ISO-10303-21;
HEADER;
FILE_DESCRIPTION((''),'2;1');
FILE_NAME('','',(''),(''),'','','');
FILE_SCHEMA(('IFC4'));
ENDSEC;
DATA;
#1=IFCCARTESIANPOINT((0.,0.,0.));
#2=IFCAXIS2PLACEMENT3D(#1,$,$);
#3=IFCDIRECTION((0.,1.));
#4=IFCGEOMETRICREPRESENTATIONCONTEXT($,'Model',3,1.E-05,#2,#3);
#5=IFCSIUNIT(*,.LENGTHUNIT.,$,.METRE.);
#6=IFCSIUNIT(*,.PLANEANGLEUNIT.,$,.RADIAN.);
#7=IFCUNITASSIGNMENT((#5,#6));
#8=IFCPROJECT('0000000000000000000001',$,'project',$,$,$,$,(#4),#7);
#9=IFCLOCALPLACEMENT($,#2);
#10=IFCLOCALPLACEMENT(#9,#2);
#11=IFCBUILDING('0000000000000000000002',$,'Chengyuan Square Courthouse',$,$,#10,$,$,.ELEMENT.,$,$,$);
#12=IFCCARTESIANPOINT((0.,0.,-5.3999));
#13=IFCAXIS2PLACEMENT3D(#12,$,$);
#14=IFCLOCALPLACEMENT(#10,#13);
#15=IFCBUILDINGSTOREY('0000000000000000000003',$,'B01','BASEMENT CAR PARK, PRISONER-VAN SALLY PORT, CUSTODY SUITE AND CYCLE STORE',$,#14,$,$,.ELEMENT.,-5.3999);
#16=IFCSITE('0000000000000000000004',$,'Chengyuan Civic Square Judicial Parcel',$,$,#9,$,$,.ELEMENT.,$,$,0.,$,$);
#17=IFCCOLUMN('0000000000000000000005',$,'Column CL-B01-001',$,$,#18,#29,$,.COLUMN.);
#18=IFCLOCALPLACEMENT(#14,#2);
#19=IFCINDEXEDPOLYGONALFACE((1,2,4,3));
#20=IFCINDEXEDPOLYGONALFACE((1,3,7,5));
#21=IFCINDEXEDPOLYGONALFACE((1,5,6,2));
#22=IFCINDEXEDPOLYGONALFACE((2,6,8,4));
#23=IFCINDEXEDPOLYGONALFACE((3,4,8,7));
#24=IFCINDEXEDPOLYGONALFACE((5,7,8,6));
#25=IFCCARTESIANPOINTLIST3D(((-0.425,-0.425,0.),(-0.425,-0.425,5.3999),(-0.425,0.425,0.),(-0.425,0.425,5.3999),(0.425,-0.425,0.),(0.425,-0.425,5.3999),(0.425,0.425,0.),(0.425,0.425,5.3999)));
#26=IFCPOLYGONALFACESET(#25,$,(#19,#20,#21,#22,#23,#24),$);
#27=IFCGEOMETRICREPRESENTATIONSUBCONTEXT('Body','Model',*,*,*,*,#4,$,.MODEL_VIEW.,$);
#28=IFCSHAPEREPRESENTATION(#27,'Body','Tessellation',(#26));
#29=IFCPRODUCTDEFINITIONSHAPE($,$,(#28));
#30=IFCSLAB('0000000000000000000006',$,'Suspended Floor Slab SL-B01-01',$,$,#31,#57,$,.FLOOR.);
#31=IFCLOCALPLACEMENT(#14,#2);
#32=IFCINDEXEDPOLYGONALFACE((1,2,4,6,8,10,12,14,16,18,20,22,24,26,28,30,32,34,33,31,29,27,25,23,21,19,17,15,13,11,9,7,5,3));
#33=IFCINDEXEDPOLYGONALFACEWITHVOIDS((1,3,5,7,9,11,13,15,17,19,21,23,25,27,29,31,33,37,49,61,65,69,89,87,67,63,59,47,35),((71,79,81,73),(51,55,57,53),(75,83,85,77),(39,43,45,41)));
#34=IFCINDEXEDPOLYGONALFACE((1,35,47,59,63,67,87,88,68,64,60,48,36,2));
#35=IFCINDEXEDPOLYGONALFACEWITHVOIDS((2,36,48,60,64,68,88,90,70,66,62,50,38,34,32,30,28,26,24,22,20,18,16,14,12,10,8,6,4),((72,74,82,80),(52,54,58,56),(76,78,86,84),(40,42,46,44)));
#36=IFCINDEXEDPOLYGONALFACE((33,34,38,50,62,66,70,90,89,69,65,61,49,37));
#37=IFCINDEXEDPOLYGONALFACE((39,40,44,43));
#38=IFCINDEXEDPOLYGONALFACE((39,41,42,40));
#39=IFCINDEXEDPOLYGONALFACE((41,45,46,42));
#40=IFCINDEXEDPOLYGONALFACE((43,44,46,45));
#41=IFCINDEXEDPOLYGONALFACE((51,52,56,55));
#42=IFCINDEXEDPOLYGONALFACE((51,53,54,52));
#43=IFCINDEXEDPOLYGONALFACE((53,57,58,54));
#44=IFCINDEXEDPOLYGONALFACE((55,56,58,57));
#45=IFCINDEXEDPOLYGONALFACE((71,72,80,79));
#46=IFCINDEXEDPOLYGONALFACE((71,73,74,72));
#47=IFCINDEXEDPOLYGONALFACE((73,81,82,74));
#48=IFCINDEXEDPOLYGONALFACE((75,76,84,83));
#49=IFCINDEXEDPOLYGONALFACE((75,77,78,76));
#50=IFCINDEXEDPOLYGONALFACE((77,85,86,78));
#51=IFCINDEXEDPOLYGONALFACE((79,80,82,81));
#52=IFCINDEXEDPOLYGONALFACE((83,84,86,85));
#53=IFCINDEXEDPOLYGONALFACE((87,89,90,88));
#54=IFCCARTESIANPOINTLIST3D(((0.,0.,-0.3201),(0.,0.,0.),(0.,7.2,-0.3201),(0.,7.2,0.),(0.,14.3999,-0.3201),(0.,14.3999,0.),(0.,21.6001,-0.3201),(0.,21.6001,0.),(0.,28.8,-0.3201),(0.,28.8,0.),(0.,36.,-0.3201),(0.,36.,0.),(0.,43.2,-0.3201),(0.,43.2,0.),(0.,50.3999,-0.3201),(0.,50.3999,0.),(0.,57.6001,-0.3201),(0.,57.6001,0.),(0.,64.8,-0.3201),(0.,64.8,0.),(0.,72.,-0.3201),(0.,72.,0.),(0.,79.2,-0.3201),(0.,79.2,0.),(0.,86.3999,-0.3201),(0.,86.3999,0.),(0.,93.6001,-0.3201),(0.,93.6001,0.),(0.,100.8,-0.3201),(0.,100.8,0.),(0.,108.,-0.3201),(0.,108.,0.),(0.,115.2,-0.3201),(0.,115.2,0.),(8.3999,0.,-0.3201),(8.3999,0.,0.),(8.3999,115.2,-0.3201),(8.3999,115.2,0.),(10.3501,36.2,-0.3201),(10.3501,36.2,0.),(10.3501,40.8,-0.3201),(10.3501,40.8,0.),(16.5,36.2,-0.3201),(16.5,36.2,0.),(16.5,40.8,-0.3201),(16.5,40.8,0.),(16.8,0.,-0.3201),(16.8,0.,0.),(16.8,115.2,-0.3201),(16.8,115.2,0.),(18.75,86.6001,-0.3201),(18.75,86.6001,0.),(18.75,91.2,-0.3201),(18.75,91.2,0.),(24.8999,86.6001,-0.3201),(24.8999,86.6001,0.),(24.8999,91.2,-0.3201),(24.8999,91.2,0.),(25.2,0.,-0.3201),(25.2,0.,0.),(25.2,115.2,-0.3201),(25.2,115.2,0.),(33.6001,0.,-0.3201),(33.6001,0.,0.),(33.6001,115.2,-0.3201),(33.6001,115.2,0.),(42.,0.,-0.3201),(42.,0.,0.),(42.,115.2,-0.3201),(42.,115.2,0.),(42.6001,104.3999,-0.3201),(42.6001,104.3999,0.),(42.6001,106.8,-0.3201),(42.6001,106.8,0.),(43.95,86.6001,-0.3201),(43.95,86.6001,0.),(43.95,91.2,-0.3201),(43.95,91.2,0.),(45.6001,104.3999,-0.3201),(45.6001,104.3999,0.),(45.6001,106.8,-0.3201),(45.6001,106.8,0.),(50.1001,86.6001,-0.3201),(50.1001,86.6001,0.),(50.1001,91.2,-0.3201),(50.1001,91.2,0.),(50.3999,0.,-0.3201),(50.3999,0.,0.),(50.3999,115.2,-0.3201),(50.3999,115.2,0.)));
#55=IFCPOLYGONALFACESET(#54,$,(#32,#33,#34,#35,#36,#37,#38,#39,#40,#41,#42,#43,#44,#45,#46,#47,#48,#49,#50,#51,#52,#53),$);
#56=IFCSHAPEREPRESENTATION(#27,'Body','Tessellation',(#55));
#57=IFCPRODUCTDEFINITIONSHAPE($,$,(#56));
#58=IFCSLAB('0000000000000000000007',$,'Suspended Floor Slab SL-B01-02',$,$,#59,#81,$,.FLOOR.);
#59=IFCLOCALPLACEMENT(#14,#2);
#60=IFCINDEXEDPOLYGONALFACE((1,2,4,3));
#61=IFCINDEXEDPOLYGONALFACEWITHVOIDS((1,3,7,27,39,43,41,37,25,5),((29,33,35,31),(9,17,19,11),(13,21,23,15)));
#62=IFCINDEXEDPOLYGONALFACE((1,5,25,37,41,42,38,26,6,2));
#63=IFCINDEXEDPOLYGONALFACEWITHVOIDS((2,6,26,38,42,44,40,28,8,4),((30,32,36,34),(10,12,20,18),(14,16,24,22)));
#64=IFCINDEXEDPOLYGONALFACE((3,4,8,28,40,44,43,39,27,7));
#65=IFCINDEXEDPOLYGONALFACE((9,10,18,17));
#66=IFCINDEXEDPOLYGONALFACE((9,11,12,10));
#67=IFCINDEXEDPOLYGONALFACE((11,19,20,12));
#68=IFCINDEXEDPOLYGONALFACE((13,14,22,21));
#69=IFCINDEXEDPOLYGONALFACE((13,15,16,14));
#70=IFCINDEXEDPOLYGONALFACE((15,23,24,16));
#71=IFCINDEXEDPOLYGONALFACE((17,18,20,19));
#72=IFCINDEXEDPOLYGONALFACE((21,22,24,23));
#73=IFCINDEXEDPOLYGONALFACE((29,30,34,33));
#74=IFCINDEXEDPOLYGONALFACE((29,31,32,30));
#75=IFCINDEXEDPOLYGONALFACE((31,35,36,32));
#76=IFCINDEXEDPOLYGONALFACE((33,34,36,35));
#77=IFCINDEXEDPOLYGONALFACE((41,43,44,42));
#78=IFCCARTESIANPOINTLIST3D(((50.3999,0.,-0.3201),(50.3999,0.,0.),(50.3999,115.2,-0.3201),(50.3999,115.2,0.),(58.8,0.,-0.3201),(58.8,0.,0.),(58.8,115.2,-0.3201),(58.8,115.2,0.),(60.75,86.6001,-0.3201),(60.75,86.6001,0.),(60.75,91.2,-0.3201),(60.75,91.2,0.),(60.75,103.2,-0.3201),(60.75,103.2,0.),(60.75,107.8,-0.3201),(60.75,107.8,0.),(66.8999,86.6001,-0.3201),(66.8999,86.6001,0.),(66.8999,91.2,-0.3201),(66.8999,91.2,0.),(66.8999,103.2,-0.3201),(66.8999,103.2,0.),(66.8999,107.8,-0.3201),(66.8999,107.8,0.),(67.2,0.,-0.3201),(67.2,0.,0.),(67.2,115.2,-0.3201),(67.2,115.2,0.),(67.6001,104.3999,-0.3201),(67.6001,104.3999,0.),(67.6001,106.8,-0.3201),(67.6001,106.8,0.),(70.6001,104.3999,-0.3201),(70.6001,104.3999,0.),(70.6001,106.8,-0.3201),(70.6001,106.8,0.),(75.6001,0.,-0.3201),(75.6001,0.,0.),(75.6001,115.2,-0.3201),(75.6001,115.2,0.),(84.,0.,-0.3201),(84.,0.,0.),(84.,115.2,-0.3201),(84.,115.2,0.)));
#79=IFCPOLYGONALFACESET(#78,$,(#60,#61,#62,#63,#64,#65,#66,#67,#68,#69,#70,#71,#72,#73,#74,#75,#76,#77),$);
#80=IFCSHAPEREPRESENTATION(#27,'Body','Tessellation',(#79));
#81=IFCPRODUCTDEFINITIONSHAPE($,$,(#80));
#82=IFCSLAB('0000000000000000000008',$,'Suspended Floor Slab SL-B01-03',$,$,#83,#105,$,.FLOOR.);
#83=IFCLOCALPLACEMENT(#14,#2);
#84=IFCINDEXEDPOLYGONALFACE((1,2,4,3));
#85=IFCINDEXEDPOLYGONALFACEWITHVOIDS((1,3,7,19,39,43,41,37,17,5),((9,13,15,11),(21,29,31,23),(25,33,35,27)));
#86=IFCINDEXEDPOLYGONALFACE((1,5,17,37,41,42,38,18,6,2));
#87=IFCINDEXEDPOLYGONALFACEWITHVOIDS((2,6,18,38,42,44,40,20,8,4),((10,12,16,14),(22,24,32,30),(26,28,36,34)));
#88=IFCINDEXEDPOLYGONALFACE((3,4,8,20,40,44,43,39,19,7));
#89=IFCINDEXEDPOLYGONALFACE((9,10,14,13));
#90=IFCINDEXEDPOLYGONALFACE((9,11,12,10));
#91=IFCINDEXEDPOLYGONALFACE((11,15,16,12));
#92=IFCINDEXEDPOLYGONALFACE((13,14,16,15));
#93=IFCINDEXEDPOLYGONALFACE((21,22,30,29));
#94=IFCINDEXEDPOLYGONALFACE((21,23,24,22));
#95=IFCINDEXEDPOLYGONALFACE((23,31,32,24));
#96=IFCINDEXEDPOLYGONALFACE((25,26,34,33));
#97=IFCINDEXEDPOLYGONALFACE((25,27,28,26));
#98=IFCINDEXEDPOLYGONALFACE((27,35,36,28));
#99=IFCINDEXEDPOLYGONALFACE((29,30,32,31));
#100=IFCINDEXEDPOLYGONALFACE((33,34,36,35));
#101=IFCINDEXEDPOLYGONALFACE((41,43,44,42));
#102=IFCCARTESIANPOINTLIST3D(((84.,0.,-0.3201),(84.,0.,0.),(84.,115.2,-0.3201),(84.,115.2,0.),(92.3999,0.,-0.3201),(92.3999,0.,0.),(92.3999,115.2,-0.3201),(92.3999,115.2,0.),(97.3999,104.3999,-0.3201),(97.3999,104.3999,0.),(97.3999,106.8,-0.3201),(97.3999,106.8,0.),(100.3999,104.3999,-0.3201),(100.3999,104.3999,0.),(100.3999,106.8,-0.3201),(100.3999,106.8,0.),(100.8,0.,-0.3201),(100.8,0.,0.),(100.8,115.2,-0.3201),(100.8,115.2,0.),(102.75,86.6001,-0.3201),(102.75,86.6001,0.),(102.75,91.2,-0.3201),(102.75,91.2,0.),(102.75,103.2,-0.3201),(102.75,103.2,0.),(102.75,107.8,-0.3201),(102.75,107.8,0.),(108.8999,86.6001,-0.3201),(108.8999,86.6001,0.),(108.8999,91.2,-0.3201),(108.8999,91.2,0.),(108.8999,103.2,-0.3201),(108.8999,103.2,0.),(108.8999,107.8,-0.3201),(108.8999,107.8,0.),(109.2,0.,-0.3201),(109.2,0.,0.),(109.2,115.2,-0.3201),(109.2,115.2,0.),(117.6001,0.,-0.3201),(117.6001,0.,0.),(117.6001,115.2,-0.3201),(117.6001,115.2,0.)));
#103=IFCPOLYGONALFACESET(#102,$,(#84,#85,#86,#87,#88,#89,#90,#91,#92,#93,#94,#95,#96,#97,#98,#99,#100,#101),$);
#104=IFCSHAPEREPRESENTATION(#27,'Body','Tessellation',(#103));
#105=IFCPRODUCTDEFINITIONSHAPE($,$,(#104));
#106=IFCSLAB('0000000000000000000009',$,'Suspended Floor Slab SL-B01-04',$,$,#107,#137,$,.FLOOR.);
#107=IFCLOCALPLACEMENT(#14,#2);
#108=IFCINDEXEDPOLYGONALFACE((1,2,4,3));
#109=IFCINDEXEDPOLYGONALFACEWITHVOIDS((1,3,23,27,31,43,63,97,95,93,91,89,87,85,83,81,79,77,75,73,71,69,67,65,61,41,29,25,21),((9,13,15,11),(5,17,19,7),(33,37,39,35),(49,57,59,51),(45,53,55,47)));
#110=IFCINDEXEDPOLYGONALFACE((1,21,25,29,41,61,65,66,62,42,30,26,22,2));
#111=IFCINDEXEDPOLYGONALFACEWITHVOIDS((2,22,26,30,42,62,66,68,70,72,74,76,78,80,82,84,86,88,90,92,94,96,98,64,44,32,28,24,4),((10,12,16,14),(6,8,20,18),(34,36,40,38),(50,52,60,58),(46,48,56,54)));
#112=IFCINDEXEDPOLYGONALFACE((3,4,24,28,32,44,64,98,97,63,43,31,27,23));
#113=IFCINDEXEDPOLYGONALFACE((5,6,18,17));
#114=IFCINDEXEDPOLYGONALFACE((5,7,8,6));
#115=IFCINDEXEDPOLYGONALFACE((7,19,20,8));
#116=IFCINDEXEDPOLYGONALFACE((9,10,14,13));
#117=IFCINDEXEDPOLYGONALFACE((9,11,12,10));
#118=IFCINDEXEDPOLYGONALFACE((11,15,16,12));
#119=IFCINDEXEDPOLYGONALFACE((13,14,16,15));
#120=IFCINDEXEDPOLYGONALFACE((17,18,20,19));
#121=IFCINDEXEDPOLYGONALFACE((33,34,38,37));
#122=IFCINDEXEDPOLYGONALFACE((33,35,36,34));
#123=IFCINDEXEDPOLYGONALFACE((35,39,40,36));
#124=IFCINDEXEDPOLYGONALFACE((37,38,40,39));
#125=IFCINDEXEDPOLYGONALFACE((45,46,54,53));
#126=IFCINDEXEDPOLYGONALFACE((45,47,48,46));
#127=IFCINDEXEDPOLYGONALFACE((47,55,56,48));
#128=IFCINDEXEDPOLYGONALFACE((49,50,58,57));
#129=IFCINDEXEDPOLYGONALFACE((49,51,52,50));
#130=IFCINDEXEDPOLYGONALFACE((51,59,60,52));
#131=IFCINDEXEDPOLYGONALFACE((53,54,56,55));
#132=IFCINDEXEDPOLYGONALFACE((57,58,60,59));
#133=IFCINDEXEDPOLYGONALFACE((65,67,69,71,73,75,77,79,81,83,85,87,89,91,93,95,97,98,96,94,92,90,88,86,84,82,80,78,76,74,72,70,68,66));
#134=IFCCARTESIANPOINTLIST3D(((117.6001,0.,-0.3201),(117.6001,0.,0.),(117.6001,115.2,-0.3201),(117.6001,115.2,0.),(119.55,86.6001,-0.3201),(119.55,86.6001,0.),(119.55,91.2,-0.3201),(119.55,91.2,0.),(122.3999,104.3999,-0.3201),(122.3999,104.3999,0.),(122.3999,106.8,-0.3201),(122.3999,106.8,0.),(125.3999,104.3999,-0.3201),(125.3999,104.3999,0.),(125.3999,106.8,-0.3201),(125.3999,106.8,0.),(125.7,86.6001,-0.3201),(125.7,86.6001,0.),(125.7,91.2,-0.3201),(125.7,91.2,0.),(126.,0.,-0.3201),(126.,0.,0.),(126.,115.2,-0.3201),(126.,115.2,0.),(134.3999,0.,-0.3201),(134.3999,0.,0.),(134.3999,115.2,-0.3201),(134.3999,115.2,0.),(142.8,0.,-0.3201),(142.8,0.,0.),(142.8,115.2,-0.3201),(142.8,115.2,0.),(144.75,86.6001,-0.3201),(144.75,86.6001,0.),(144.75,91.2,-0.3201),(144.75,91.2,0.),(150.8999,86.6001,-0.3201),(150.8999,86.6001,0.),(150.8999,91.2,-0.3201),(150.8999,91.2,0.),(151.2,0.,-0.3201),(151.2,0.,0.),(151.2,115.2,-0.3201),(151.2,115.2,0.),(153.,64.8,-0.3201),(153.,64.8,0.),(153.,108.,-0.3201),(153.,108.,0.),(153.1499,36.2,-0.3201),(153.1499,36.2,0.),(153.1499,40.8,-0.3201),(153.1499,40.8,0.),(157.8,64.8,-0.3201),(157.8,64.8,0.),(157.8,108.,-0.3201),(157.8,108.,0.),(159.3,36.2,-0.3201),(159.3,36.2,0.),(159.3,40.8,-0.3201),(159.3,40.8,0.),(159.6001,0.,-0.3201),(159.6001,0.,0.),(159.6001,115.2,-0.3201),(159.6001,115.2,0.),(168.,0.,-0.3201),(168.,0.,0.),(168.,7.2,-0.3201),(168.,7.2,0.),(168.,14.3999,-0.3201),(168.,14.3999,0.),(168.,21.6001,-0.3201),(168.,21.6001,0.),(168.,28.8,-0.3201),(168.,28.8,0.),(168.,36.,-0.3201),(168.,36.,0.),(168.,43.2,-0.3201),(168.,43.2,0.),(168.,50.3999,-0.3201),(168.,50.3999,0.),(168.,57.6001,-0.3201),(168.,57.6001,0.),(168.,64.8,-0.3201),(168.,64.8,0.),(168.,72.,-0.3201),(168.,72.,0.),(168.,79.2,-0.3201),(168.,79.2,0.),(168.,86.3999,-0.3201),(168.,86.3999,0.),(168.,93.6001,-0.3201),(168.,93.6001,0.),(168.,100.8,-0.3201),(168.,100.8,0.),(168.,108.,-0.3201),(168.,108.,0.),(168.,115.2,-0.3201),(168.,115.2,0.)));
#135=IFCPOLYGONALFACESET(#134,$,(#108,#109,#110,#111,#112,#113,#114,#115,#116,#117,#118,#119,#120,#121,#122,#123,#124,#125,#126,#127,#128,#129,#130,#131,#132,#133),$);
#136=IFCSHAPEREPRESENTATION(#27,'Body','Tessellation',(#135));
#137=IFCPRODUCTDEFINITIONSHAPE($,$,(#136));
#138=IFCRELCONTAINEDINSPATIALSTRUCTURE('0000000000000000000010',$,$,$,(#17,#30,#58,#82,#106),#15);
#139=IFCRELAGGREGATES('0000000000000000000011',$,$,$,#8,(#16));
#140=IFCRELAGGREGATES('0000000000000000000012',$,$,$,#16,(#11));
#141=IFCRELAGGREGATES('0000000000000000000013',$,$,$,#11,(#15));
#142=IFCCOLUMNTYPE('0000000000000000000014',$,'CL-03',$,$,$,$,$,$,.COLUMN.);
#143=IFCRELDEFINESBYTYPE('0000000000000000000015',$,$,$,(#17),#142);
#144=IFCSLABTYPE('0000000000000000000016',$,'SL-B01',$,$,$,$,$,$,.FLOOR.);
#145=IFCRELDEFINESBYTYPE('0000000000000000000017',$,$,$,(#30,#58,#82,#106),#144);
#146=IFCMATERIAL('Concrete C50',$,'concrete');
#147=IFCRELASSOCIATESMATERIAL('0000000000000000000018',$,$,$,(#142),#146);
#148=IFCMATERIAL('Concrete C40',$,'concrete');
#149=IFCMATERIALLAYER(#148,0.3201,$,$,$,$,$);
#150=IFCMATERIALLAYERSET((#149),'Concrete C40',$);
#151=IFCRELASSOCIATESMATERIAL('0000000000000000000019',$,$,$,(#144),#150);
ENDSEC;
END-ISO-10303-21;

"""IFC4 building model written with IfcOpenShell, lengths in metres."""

from ifc_helpers import new_model, si_unit, direction, frame, origin, origin_with_axes, origin_2d, place, context, subcontext, project, spatial, polyline, rectangle, outline, extrude, material, layer, layer_set, material_profile, profile_set, type_object, element, save


model = new_model("IFC4")

# Units and contexts
model_context = context("Model", 3, precision=1e-05, world=origin(), true_north=direction((0.0, 1.0)))
body_context = subcontext(model_context, "Body", "Model", "MODEL_VIEW")
ifc_project = project(units=[si_unit("LENGTHUNIT", "METRE"), si_unit("PLANEANGLEUNIT", "RADIAN")], contexts=[model_context])

# Site, building, storey
site_placement = place(None, origin())
site = spatial("IfcSite", under=ifc_project, at=site_placement, Name="Chengyuan Civic Square Judicial Parcel", CompositionType="ELEMENT", RefElevation=0.0)
building_placement = place(site_placement, origin())
building = spatial("IfcBuilding", under=site, at=building_placement, Name="Chengyuan Square Courthouse", CompositionType="ELEMENT")
storey_placement = place(building_placement, frame((0.0, 0.0, -5.3999)))
storey = spatial("IfcBuildingStorey", under=building, at=storey_placement, Name="B01", Description="BASEMENT CAR PARK, PRISONER-VAN SALLY PORT, CUSTODY SUITE AND CYCLE STORE", CompositionType="ELEMENT", Elevation=-5.3999)

# Column
ifc_material_1 = material(Name="Concrete C50", Category="concrete")
ifc_material_profile = material_profile(ifc_material_1, rectangle(XDim=0.8501, YDim=0.8501, at=origin_2d()), Name="RC-COL-850x850")
ifc_profile_set = profile_set([ifc_material_profile], Name="Concrete C50")
column_type = type_object("IfcColumnType", Name="CL-03", PredefinedType="COLUMN", material=ifc_profile_set)
column_placement = place(storey_placement, origin_with_axes())
element("IfcColumn", 1, at=column_placement, inside=storey, type_object=column_type, Name="Column CL-B01-001", PredefinedType="COLUMN", context=body_context, shape_type="SweptSolid", body=[
    extrude(rectangle(XDim=0.8501, YDim=0.8501, at=origin_2d()), origin(), (0.0, 0.0, 1.0), 5.3999),
])

# Slabs
ifc_material_2 = material(Name="Concrete C40", Category="concrete")
ifc_layer_1 = layer(ifc_material_2, 0.3201)
ifc_layer_set_1 = layer_set([ifc_layer_1], Name="Concrete C40")
slab_type = type_object("IfcSlabType", Name="SL-B01", PredefinedType="FLOOR", material=ifc_layer_set_1)
slab_1_placement = place(storey_placement, frame((0.0, 0.0, -0.3201)))
element("IfcSlab", 2, at=slab_1_placement, inside=storey, type_object=slab_type, Name="Suspended Floor Slab SL-B01-01", PredefinedType="FLOOR", context=body_context, shape_type="SweptSolid", body=[
    extrude(outline(polyline([(0.0, 28.8), (0.0, 36.0), (0.0, 43.2), (0.0, 50.3999), (0.0, 57.6001), (0.0, 64.8), (0.0, 72.0), (0.0, 79.2), (0.0, 86.3999), (0.0, 93.6001), (0.0, 100.8), (0.0, 108.0), (0.0, 115.2), (8.3999, 115.2), (16.8, 115.2), (25.2, 115.2), (33.6001, 115.2), (42.0, 115.2), (50.3999, 115.2), (50.3999, 0.0), (42.0, 0.0), (33.6001, 0.0), (25.2, 0.0), (16.8, 0.0), (8.3999, 0.0), (0.0, 0.0), (0.0, 7.2), (0.0, 14.3999), (0.0, 21.6001), (0.0, 28.8)]), holes=[polyline([(10.3501, 36.2), (16.5, 36.2), (16.5, 40.8), (10.3501, 40.8), (10.3501, 36.2)]), polyline([(18.75, 91.2), (18.75, 86.6001), (24.8999, 86.6001), (24.8999, 91.2), (18.75, 91.2)]), polyline([(43.95, 91.2), (43.95, 86.6001), (50.1001, 86.6001), (50.1001, 91.2), (43.95, 91.2)]), polyline([(42.6001, 106.8), (42.6001, 104.3999), (45.6001, 104.3999), (45.6001, 106.8), (42.6001, 106.8)])]), origin(), (0.0, 0.0, 1.0), 0.3201),
])
slab_2_placement = place(storey_placement, frame((0.0, 0.0, -0.3201)))
element("IfcSlab", 3, at=slab_2_placement, inside=storey, type_object=slab_type, Name="Suspended Floor Slab SL-B01-02", PredefinedType="FLOOR", context=body_context, shape_type="SweptSolid", body=[
    extrude(outline(polyline([(58.8, 115.2), (67.2, 115.2), (75.6001, 115.2), (84.0, 115.2), (84.0, 0.0), (75.6001, 0.0), (67.2, 0.0), (58.8, 0.0), (50.3999, 0.0), (50.3999, 115.2), (58.8, 115.2)]), holes=[polyline([(60.75, 91.2), (60.75, 86.6001), (66.8999, 86.6001), (66.8999, 91.2), (60.75, 91.2)]), polyline([(60.75, 107.8), (60.75, 103.2), (66.8999, 103.2), (66.8999, 107.8), (60.75, 107.8)]), polyline([(67.6001, 106.8), (67.6001, 104.3999), (70.6001, 104.3999), (70.6001, 106.8), (67.6001, 106.8)])]), origin(), (0.0, 0.0, 1.0), 0.3201),
])
slab_3_placement = place(storey_placement, frame((0.0, 0.0, -0.3201)))
element("IfcSlab", 4, at=slab_3_placement, inside=storey, type_object=slab_type, Name="Suspended Floor Slab SL-B01-03", PredefinedType="FLOOR", context=body_context, shape_type="SweptSolid", body=[
    extrude(outline(polyline([(92.3999, 115.2), (100.8, 115.2), (109.2, 115.2), (117.6001, 115.2), (117.6001, 0.0), (109.2, 0.0), (100.8, 0.0), (92.3999, 0.0), (84.0, 0.0), (84.0, 115.2), (92.3999, 115.2)]), holes=[polyline([(97.3999, 106.8), (97.3999, 104.3999), (100.3999, 104.3999), (100.3999, 106.8), (97.3999, 106.8)]), polyline([(102.75, 91.2), (102.75, 86.6001), (108.8999, 86.6001), (108.8999, 91.2), (102.75, 91.2)]), polyline([(102.75, 107.8), (102.75, 103.2), (108.8999, 103.2), (108.8999, 107.8), (102.75, 107.8)])]), origin(), (0.0, 0.0, 1.0), 0.3201),
])
slab_4_placement = place(storey_placement, frame((0.0, 0.0, -0.3201)))
element("IfcSlab", 5, at=slab_4_placement, inside=storey, type_object=slab_type, Name="Suspended Floor Slab SL-B01-04", PredefinedType="FLOOR", context=body_context, shape_type="SweptSolid", body=[
    extrude(outline(polyline([(126.0, 115.2), (134.3999, 115.2), (142.8, 115.2), (151.2, 115.2), (159.6001, 115.2), (168.0, 115.2), (168.0, 108.0), (168.0, 100.8), (168.0, 93.6001), (168.0, 86.3999), (168.0, 79.2), (168.0, 72.0), (168.0, 64.8), (168.0, 57.6001), (168.0, 50.3999), (168.0, 43.2), (168.0, 36.0), (168.0, 28.8), (168.0, 21.6001), (168.0, 14.3999), (168.0, 7.2), (168.0, 0.0), (159.6001, 0.0), (151.2, 0.0), (142.8, 0.0), (134.3999, 0.0), (126.0, 0.0), (117.6001, 0.0), (117.6001, 115.2), (126.0, 115.2)]), holes=[polyline([(153.1499, 40.8), (153.1499, 36.2), (159.3, 36.2), (159.3, 40.8), (153.1499, 40.8)]), polyline([(153.0, 108.0), (153.0, 64.8), (157.8, 64.8), (157.8, 108.0), (153.0, 108.0)]), polyline([(119.55, 91.2), (119.55, 86.6001), (125.7, 86.6001), (125.7, 91.2), (119.55, 91.2)]), polyline([(144.75, 91.2), (144.75, 86.6001), (150.8999, 86.6001), (150.8999, 91.2), (144.75, 91.2)]), polyline([(122.3999, 106.8), (122.3999, 104.3999), (125.3999, 104.3999), (125.3999, 106.8), (122.3999, 106.8)])]), origin(), (0.0, 0.0, 1.0), 0.3201),
])

save(model, "model.ifc")
